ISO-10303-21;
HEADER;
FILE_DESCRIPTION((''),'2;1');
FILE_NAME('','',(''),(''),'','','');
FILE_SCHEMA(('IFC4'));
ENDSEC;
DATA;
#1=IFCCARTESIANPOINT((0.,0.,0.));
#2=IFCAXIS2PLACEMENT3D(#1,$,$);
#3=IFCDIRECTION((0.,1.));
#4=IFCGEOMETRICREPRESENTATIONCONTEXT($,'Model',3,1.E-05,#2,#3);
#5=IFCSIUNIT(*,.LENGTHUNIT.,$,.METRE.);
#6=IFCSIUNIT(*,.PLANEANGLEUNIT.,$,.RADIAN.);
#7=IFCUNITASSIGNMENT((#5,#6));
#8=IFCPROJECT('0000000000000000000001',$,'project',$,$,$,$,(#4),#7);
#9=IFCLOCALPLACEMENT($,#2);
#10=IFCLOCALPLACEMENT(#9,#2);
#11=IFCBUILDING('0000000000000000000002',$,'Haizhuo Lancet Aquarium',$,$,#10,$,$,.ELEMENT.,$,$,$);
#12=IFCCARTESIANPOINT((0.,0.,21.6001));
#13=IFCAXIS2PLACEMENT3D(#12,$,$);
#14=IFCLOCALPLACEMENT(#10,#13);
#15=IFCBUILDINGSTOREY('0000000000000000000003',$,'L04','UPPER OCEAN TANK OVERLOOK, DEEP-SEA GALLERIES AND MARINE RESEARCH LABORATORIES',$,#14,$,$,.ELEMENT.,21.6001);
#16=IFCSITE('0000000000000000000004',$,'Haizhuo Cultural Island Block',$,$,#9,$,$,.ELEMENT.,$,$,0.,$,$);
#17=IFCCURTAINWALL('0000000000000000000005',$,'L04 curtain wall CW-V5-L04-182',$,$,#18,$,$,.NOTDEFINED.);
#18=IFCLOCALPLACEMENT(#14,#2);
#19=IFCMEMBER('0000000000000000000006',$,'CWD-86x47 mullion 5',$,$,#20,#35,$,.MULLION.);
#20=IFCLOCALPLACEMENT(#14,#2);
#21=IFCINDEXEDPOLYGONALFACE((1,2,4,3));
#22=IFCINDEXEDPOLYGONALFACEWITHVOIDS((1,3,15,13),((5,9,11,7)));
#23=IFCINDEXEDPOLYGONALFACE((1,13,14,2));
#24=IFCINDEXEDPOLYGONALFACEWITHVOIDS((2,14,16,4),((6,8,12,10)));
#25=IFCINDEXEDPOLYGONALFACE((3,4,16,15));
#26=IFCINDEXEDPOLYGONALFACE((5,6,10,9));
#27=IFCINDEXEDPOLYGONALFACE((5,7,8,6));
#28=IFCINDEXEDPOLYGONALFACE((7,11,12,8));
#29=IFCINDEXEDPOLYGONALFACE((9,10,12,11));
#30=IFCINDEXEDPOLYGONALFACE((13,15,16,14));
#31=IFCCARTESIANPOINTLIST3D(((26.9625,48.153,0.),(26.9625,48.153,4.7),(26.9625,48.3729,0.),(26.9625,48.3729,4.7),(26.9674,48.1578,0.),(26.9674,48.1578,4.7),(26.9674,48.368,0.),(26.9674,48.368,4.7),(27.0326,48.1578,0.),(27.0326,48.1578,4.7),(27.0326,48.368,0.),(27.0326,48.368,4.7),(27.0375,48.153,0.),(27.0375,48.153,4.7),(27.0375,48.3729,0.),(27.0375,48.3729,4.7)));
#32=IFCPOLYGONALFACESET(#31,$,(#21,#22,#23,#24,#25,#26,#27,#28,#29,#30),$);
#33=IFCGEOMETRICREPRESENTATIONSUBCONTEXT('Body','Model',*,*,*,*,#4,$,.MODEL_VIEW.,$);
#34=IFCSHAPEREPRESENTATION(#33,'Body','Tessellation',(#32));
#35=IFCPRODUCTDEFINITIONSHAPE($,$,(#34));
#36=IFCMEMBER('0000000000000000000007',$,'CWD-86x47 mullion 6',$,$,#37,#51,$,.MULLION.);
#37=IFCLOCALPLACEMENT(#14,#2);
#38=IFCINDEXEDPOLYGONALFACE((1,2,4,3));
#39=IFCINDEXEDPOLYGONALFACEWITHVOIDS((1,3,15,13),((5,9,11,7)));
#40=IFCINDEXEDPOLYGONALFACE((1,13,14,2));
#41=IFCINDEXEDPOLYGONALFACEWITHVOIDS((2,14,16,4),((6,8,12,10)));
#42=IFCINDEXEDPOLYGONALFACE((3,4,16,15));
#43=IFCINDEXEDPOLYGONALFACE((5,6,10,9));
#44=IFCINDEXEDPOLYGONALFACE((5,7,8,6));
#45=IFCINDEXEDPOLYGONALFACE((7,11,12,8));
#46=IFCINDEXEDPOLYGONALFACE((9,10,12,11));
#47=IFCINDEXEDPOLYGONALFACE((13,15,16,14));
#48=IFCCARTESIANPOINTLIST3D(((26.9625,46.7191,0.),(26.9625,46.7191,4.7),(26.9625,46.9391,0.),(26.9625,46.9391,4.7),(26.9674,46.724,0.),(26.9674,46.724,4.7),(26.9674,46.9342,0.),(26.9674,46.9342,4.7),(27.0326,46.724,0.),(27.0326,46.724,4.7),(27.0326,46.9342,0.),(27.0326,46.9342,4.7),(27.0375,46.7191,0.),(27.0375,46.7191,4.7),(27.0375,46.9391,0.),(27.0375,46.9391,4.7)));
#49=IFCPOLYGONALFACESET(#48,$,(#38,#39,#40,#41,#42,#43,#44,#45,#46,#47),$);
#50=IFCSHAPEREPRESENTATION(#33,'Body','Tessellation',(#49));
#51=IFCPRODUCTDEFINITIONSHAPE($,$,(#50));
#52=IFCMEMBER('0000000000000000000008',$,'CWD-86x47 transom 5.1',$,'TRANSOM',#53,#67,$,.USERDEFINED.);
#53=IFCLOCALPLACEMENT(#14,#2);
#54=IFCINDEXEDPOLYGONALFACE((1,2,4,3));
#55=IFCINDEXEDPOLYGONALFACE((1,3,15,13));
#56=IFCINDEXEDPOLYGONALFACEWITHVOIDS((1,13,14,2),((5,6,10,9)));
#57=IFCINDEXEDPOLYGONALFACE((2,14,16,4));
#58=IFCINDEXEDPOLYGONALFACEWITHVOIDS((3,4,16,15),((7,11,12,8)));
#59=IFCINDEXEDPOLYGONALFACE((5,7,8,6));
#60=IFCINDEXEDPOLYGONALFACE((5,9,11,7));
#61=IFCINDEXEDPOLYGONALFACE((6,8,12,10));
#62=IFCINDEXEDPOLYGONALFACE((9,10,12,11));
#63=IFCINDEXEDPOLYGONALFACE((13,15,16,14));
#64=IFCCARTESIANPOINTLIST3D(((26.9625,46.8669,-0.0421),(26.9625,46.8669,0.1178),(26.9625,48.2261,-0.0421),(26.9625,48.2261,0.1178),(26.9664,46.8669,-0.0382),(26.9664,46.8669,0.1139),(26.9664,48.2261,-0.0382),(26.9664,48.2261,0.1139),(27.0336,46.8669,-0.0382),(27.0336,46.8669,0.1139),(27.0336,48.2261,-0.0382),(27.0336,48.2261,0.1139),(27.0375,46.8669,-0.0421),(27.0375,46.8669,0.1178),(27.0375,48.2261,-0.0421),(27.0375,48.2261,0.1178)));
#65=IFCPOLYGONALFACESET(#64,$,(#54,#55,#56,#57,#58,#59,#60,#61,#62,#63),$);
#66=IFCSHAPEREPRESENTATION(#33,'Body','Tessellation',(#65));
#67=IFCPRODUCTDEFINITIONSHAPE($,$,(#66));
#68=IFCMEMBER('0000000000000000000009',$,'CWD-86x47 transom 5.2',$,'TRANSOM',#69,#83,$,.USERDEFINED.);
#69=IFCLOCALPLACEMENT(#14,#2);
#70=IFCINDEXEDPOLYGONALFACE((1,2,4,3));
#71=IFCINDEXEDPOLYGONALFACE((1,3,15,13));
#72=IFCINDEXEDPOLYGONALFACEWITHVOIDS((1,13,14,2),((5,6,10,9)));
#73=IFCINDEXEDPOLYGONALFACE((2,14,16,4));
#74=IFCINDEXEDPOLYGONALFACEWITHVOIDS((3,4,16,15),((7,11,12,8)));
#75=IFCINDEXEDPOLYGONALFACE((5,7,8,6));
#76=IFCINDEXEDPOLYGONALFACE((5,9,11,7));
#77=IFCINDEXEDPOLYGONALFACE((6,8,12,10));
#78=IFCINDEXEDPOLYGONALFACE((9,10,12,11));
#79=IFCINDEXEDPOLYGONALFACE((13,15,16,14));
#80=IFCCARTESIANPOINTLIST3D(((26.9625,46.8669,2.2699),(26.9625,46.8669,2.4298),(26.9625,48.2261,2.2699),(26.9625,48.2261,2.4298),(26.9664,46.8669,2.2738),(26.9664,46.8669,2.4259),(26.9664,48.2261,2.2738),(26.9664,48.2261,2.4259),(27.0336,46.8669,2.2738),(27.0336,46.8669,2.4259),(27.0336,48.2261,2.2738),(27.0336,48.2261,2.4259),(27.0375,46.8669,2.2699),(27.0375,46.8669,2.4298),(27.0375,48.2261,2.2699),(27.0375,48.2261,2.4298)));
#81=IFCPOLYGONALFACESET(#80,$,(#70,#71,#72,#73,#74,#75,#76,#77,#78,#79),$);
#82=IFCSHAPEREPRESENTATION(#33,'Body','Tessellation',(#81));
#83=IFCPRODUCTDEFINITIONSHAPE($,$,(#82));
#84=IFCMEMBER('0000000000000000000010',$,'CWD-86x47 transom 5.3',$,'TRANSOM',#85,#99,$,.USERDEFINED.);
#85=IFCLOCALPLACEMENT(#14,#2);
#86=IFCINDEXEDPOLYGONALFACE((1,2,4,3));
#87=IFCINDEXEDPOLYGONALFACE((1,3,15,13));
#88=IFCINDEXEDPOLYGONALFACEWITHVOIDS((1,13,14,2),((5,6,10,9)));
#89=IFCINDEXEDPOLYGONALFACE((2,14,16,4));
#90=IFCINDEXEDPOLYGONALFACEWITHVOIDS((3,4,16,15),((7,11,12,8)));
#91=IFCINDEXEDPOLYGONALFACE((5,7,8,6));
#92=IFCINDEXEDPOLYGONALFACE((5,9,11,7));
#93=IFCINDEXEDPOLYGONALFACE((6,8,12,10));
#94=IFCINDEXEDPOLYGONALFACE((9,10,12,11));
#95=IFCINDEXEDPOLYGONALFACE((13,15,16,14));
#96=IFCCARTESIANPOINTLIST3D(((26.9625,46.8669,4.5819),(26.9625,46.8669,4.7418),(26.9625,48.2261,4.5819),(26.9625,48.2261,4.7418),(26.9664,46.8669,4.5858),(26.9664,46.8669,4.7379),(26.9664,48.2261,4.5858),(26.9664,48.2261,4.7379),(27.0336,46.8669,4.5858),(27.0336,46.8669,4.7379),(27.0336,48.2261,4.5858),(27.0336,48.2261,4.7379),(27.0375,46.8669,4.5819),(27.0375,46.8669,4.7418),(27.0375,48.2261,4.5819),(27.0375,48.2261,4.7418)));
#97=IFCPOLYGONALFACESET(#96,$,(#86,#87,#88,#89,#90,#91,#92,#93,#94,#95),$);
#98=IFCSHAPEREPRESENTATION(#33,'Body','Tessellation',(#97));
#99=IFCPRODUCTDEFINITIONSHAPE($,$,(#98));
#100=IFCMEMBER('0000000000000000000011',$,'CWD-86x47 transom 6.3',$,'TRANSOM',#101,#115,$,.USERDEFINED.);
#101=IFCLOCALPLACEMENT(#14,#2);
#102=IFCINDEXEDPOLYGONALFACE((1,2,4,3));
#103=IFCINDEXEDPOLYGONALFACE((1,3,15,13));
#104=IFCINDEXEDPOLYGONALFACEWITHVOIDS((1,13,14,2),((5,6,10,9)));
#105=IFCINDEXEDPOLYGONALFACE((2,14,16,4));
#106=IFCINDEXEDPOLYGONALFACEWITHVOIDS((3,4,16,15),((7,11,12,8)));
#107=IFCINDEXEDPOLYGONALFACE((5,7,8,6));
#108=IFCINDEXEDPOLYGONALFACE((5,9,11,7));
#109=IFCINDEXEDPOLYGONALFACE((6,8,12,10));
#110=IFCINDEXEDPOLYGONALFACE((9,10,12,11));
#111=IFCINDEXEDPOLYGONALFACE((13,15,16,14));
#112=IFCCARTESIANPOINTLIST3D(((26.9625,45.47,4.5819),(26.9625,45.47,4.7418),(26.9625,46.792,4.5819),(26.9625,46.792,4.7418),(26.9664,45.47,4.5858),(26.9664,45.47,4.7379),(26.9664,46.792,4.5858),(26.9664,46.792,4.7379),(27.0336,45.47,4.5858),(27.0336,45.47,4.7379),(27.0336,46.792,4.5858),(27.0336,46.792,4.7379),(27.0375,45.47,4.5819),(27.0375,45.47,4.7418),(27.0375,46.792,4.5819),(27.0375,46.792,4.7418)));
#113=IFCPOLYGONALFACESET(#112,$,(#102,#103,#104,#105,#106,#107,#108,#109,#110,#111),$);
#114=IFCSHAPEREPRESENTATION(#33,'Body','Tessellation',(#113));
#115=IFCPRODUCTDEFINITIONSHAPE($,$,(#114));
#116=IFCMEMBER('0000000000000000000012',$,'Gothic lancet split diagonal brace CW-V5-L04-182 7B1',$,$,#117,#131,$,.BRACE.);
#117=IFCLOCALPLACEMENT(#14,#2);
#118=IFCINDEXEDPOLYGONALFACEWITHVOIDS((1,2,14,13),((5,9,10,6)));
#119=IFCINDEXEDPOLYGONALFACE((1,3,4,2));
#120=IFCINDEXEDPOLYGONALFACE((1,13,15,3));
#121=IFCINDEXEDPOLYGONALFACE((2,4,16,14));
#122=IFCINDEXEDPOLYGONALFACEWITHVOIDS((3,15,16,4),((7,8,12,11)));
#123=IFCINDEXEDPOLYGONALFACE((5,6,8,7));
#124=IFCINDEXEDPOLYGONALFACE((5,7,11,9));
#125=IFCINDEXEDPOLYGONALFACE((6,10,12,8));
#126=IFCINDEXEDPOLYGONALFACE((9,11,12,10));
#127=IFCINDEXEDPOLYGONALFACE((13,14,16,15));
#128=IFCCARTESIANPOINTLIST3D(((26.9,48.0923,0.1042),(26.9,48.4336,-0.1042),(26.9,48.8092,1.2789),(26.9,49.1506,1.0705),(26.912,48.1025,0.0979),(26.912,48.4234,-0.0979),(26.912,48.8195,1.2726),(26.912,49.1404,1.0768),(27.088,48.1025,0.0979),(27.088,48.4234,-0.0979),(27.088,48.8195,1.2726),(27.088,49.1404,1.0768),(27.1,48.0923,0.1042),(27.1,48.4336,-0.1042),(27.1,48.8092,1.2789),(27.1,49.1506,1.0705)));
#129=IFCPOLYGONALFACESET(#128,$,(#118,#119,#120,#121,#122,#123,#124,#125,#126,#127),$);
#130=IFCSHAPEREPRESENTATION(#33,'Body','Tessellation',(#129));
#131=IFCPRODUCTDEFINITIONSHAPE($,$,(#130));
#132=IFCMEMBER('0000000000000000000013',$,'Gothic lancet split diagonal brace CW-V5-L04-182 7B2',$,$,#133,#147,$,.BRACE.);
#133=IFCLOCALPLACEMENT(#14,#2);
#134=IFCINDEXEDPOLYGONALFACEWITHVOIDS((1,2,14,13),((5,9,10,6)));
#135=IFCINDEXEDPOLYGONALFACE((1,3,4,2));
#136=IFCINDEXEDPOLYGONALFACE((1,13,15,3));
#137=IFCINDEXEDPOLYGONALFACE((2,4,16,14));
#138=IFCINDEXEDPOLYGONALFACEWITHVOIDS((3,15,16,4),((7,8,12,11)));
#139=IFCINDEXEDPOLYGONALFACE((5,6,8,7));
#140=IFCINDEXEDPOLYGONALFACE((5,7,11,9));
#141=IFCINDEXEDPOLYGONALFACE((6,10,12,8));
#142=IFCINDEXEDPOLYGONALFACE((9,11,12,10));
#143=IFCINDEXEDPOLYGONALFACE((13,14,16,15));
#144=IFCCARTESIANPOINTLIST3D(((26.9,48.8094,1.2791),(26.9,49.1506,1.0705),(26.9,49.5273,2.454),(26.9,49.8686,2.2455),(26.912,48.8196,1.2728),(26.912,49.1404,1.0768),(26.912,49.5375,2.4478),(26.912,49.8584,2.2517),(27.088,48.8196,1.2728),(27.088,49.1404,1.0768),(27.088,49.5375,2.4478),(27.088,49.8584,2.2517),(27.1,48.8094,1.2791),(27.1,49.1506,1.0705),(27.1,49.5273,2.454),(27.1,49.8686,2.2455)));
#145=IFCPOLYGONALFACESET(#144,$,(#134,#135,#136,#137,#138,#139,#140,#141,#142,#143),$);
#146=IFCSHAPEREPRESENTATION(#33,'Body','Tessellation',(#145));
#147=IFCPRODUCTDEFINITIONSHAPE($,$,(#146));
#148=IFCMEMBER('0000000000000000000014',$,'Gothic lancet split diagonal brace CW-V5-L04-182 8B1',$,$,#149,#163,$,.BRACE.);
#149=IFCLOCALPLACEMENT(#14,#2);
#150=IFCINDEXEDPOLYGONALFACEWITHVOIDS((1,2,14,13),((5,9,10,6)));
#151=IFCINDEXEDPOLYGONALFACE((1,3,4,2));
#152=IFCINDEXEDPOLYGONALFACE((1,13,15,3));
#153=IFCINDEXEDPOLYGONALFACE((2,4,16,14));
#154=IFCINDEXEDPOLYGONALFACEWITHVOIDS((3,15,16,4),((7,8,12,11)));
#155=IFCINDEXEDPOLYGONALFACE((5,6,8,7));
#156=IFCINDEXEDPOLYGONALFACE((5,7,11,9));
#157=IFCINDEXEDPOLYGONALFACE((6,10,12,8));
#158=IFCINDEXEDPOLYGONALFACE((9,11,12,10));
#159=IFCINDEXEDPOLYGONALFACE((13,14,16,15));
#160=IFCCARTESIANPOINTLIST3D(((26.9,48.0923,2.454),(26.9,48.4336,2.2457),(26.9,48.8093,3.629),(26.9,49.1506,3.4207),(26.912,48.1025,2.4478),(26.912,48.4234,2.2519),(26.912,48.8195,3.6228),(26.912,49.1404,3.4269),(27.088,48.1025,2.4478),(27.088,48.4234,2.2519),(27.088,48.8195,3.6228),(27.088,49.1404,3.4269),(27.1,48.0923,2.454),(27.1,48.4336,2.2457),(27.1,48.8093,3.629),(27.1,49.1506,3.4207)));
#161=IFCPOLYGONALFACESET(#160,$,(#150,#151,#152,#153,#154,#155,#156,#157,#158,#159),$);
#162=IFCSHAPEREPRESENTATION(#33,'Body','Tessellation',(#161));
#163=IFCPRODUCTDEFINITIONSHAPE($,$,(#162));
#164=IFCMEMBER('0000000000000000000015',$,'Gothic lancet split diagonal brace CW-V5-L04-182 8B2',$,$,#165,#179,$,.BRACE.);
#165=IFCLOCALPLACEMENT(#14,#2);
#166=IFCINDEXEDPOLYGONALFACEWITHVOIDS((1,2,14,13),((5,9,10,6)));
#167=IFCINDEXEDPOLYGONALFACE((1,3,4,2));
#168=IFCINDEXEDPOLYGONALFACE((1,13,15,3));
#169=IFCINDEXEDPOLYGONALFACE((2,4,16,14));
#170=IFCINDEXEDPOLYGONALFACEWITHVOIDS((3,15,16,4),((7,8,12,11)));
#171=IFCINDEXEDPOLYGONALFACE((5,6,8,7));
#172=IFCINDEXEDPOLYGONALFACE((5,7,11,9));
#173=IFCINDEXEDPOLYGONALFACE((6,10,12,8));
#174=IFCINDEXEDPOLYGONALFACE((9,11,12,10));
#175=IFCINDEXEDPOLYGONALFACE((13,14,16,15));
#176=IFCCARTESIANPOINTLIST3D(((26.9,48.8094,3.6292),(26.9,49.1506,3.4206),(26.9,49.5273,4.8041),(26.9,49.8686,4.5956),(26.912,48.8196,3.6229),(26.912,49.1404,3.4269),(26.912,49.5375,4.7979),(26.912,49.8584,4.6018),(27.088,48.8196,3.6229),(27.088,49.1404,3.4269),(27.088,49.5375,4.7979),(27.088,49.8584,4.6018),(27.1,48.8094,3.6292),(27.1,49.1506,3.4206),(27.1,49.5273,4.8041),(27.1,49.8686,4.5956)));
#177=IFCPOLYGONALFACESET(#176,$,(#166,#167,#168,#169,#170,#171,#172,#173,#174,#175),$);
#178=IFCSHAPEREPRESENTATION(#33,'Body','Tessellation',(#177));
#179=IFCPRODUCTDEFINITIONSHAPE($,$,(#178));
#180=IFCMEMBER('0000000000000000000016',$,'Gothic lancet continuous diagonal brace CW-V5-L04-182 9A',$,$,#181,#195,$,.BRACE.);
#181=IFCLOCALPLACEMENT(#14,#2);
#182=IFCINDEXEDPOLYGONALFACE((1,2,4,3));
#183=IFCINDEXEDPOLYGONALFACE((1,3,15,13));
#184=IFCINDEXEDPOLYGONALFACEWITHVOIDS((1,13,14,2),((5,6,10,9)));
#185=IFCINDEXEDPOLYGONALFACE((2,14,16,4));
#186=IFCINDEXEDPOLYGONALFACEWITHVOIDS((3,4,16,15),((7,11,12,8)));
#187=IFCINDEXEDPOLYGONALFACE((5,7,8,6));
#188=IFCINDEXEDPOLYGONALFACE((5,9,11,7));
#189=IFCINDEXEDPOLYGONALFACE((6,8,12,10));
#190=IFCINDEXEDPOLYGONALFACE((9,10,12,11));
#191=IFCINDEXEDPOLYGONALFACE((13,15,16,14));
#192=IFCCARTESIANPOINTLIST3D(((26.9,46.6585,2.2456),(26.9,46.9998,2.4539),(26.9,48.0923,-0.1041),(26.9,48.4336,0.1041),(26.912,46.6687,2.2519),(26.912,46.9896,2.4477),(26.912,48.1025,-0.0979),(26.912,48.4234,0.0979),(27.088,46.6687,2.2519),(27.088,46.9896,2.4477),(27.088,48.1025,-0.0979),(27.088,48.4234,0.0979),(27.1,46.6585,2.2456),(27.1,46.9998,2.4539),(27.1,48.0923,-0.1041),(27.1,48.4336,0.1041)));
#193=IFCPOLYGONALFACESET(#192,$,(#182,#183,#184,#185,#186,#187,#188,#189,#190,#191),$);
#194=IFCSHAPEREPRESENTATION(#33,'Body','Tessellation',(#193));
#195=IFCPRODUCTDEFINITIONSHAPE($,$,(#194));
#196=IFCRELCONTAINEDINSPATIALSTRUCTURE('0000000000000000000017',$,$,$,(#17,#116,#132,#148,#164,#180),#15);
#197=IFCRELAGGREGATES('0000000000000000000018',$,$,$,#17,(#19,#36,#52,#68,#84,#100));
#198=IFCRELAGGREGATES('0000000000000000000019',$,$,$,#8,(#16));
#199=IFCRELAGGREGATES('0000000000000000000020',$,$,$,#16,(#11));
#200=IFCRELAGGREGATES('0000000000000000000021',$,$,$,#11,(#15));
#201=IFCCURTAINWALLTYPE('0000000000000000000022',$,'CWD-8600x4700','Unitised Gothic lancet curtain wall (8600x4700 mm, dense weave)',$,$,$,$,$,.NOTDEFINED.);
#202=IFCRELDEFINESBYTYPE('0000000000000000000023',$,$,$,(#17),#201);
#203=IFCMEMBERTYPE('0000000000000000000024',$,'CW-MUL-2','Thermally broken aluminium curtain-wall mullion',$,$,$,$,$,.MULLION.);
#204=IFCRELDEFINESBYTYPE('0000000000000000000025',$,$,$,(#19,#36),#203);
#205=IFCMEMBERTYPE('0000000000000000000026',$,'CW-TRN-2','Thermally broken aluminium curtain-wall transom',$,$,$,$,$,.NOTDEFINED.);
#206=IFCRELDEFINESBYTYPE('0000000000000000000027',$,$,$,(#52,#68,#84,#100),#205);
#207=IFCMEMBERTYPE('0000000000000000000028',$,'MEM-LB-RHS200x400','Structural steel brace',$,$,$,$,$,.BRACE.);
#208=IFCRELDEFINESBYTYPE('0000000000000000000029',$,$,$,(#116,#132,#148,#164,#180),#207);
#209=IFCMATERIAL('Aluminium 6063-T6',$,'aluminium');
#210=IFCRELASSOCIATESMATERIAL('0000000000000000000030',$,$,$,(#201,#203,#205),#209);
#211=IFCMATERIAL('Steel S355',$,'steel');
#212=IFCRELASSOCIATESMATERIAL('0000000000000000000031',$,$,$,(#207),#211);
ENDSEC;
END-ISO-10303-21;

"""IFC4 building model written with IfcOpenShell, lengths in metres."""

from ifc_helpers import new_model, si_unit, direction, frame, origin, origin_2d, place, context, subcontext, project, spatial, hollow_rectangle, extrude, material, material_profile, profile_set, type_object, element, aggregate, save


model = new_model("IFC4")

# Units and contexts
model_context = context("Model", 3, precision=1e-05, world=origin(), true_north=direction((0.0, 1.0)))
body_context = subcontext(model_context, "Body", "Model", "MODEL_VIEW")
ifc_project = project(units=[si_unit("LENGTHUNIT", "METRE"), si_unit("PLANEANGLEUNIT", "RADIAN")], contexts=[model_context])

# Site, building, storey
site_placement = place(None, origin())
site = spatial("IfcSite", under=ifc_project, at=site_placement, Name="Haizhuo Cultural Island Block", CompositionType="ELEMENT", RefElevation=0.0)
building_placement = place(site_placement, origin())
building = spatial("IfcBuilding", under=site, at=building_placement, Name="Haizhuo Lancet Aquarium", CompositionType="ELEMENT")
storey_placement = place(building_placement, frame((0.0, 0.0, 21.6001)))
storey = spatial("IfcBuildingStorey", under=building, at=storey_placement, Name="L04", Description="UPPER OCEAN TANK OVERLOOK, DEEP-SEA GALLERIES AND MARINE RESEARCH LABORATORIES", CompositionType="ELEMENT", Elevation=21.6001)

# Curtain wall, members
ifc_material_1 = material(Name="Aluminium 6063-T6", Category="aluminium")
curtain_wall_type = type_object("IfcCurtainWallType", Name="CWD-8600x4700", Description="Unitised Gothic lancet curtain wall (8600x4700 mm, dense weave)", PredefinedType="NOTDEFINED", material=ifc_material_1)
curtain_wall_placement = place(storey_placement, origin())
curtain_wall = element("IfcCurtainWall", 1, at=curtain_wall_placement, inside=storey, type_object=curtain_wall_type, Name="L04 curtain wall CW-V5-L04-182", PredefinedType="NOTDEFINED")
ifc_material_profile_1 = material_profile(ifc_material_1, hollow_rectangle(XDim=0.075, YDim=0.22, WallThickness=0.0049, at=origin_2d()), Name="ALU-M 75x220x5")
ifc_profile_set_1 = profile_set([ifc_material_profile_1], Name="Aluminium 6063-T6")
member_type_1 = type_object("IfcMemberType", Name="CW-MUL-2", Description="Thermally broken aluminium curtain-wall mullion", PredefinedType="MULLION", material=ifc_profile_set_1)
member_1_placement = place(storey_placement, frame((27.0, 48.2629, 0.0), z_axis=(0.0, 0.0, 1.0), x_axis=(1.0, 0.0, 0.0)))
member_1 = element("IfcMember", 2, at=member_1_placement, type_object=member_type_1, Name="CWD-86x47 mullion 5", PredefinedType="MULLION", context=body_context, shape_type="SweptSolid", body=[
    extrude(hollow_rectangle(XDim=0.075, YDim=0.22, WallThickness=0.0049, at=origin_2d()), origin(), (0.0, 0.0, 1.0), 4.7),
])
member_2_placement = place(storey_placement, frame((27.0, 46.8291, 0.0), z_axis=(0.0, 0.0, 1.0), x_axis=(1.0, 0.0, 0.0)))
member_2 = element("IfcMember", 3, at=member_2_placement, type_object=member_type_1, Name="CWD-86x47 mullion 6", PredefinedType="MULLION", context=body_context, shape_type="SweptSolid", body=[
    extrude(hollow_rectangle(XDim=0.075, YDim=0.22, WallThickness=0.0049, at=origin_2d()), origin(), (0.0, 0.0, 1.0), 4.7),
])
ifc_material_profile_2 = material_profile(ifc_material_1, hollow_rectangle(XDim=0.075, YDim=0.1599, WallThickness=0.0039, at=origin_2d()), Name="ALU-T 75x160x4")
ifc_profile_set_2 = profile_set([ifc_material_profile_2], Name="Aluminium 6063-T6")
member_type_2 = type_object("IfcMemberType", Name="CW-TRN-2", Description="Thermally broken aluminium curtain-wall transom", PredefinedType="NOTDEFINED", material=ifc_profile_set_2)
member_3_placement = place(storey_placement, frame((27.0, 48.2261, 0.0378), z_axis=(0.0, -1.0, 0.0), x_axis=(1.0, 0.0, 0.0)))
member_3 = element("IfcMember", 4, at=member_3_placement, type_object=member_type_2, Name="CWD-86x47 transom 5.1", ObjectType="TRANSOM", PredefinedType="USERDEFINED", context=body_context, shape_type="SweptSolid", body=[
    extrude(hollow_rectangle(XDim=0.075, YDim=0.1599, WallThickness=0.0039, at=origin_2d()), origin(), (0.0, 0.0, 1.0), 1.3591),
])
member_4_placement = place(storey_placement, frame((27.0, 48.2261, 2.3499), z_axis=(0.0, -1.0, 0.0), x_axis=(1.0, 0.0, 0.0)))
member_4 = element("IfcMember", 5, at=member_4_placement, type_object=member_type_2, Name="CWD-86x47 transom 5.2", ObjectType="TRANSOM", PredefinedType="USERDEFINED", context=body_context, shape_type="SweptSolid", body=[
    extrude(hollow_rectangle(XDim=0.075, YDim=0.1599, WallThickness=0.0039, at=origin_2d()), origin(), (0.0, 0.0, 1.0), 1.3591),
])
member_5_placement = place(storey_placement, frame((27.0, 48.2261, 4.6619), z_axis=(0.0, -1.0, 0.0), x_axis=(1.0, 0.0, 0.0)))
member_5 = element("IfcMember", 6, at=member_5_placement, type_object=member_type_2, Name="CWD-86x47 transom 5.3", ObjectType="TRANSOM", PredefinedType="USERDEFINED", context=body_context, shape_type="SweptSolid", body=[
    extrude(hollow_rectangle(XDim=0.075, YDim=0.1599, WallThickness=0.0039, at=origin_2d()), origin(), (0.0, 0.0, 1.0), 1.3591),
])
member_6_placement = place(storey_placement, frame((27.0, 46.792, 4.6619), z_axis=(0.0, -1.0, 0.0), x_axis=(1.0, 0.0, 0.0)))
member_6 = element("IfcMember", 7, at=member_6_placement, type_object=member_type_2, Name="CWD-86x47 transom 6.3", ObjectType="TRANSOM", PredefinedType="USERDEFINED", context=body_context, shape_type="SweptSolid", body=[
    extrude(hollow_rectangle(XDim=0.075, YDim=0.1599, WallThickness=0.0039, at=origin_2d()), origin(), (0.0, 0.0, 1.0), 1.322),
])

# Members
ifc_material_2 = material(Name="Steel S355", Category="steel")
ifc_material_profile_3 = material_profile(ifc_material_2, hollow_rectangle(XDim=0.2, YDim=0.3999, WallThickness=0.012, at=origin_2d()), Name="RHS 200x400x12")
ifc_profile_set_3 = profile_set([ifc_material_profile_3], Name="Steel S355")
member_type_3 = type_object("IfcMemberType", Name="MEM-LB-RHS200x400", Description="Structural steel brace", PredefinedType="BRACE", material=ifc_profile_set_3)
member_7_placement = place(storey_placement, frame((27.0, 48.2629, 0.0), z_axis=(0.0, 0.520976, 0.853571), x_axis=(-1.0, 0.0, 0.0)))
element("IfcMember", 8, at=member_7_placement, inside=storey, type_object=member_type_3, Name="Gothic lancet split diagonal brace CW-V5-L04-182 7B1", PredefinedType="BRACE", context=body_context, shape_type="SweptSolid", body=[
    extrude(hollow_rectangle(XDim=0.2, YDim=0.3999, WallThickness=0.012, at=origin_2d()), origin(), (0.0, 0.0, 1.0), 1.3762),
])
member_8_placement = place(storey_placement, frame((27.0, 48.98, 1.1748), z_axis=(0.0, 0.521414, 0.853304), x_axis=(-1.0, 0.0, 0.0)))
element("IfcMember", 9, at=member_8_placement, inside=storey, type_object=member_type_3, Name="Gothic lancet split diagonal brace CW-V5-L04-182 7B2", PredefinedType="BRACE", context=body_context, shape_type="SweptSolid", body=[
    extrude(hollow_rectangle(XDim=0.2, YDim=0.3999, WallThickness=0.012, at=origin_2d()), origin(), (0.0, 0.0, 1.0), 1.377),
])
member_9_placement = place(storey_placement, frame((27.0, 48.2629, 2.3499), z_axis=(0.0, 0.520898, 0.853619), x_axis=(-1.0, 0.0, 0.0)))
element("IfcMember", 10, at=member_9_placement, inside=storey, type_object=member_type_3, Name="Gothic lancet split diagonal brace CW-V5-L04-182 8B1", PredefinedType="BRACE", context=body_context, shape_type="SweptSolid", body=[
    extrude(hollow_rectangle(XDim=0.2, YDim=0.3999, WallThickness=0.012, at=origin_2d()), origin(), (0.0, 0.0, 1.0), 1.3765),
])
member_10_placement = place(storey_placement, frame((27.0, 48.98, 3.5249), z_axis=(0.0, 0.521414, 0.853304), x_axis=(-1.0, 0.0, 0.0)))
element("IfcMember", 11, at=member_10_placement, inside=storey, type_object=member_type_3, Name="Gothic lancet split diagonal brace CW-V5-L04-182 8B2", PredefinedType="BRACE", context=body_context, shape_type="SweptSolid", body=[
    extrude(hollow_rectangle(XDim=0.2, YDim=0.3999, WallThickness=0.012, at=origin_2d()), origin(), (0.0, 0.0, 1.0), 1.377),
])
member_11_placement = place(storey_placement, frame((27.0, 48.2629, 0.0), z_axis=(0.0, -0.520872, 0.853635), x_axis=(1.0, 0.0, 0.0)))
element("IfcMember", 12, at=member_11_placement, inside=storey, type_object=member_type_3, Name="Gothic lancet continuous diagonal brace CW-V5-L04-182 9A", PredefinedType="BRACE", context=body_context, shape_type="SweptSolid", body=[
    extrude(hollow_rectangle(XDim=0.2, YDim=0.3999, WallThickness=0.012, at=origin_2d()), origin(), (0.0, 0.0, 1.0), 2.7527),
])

aggregate(curtain_wall, [member_1, member_2, member_3, member_4, member_5, member_6])

save(model, "model.ifc")
